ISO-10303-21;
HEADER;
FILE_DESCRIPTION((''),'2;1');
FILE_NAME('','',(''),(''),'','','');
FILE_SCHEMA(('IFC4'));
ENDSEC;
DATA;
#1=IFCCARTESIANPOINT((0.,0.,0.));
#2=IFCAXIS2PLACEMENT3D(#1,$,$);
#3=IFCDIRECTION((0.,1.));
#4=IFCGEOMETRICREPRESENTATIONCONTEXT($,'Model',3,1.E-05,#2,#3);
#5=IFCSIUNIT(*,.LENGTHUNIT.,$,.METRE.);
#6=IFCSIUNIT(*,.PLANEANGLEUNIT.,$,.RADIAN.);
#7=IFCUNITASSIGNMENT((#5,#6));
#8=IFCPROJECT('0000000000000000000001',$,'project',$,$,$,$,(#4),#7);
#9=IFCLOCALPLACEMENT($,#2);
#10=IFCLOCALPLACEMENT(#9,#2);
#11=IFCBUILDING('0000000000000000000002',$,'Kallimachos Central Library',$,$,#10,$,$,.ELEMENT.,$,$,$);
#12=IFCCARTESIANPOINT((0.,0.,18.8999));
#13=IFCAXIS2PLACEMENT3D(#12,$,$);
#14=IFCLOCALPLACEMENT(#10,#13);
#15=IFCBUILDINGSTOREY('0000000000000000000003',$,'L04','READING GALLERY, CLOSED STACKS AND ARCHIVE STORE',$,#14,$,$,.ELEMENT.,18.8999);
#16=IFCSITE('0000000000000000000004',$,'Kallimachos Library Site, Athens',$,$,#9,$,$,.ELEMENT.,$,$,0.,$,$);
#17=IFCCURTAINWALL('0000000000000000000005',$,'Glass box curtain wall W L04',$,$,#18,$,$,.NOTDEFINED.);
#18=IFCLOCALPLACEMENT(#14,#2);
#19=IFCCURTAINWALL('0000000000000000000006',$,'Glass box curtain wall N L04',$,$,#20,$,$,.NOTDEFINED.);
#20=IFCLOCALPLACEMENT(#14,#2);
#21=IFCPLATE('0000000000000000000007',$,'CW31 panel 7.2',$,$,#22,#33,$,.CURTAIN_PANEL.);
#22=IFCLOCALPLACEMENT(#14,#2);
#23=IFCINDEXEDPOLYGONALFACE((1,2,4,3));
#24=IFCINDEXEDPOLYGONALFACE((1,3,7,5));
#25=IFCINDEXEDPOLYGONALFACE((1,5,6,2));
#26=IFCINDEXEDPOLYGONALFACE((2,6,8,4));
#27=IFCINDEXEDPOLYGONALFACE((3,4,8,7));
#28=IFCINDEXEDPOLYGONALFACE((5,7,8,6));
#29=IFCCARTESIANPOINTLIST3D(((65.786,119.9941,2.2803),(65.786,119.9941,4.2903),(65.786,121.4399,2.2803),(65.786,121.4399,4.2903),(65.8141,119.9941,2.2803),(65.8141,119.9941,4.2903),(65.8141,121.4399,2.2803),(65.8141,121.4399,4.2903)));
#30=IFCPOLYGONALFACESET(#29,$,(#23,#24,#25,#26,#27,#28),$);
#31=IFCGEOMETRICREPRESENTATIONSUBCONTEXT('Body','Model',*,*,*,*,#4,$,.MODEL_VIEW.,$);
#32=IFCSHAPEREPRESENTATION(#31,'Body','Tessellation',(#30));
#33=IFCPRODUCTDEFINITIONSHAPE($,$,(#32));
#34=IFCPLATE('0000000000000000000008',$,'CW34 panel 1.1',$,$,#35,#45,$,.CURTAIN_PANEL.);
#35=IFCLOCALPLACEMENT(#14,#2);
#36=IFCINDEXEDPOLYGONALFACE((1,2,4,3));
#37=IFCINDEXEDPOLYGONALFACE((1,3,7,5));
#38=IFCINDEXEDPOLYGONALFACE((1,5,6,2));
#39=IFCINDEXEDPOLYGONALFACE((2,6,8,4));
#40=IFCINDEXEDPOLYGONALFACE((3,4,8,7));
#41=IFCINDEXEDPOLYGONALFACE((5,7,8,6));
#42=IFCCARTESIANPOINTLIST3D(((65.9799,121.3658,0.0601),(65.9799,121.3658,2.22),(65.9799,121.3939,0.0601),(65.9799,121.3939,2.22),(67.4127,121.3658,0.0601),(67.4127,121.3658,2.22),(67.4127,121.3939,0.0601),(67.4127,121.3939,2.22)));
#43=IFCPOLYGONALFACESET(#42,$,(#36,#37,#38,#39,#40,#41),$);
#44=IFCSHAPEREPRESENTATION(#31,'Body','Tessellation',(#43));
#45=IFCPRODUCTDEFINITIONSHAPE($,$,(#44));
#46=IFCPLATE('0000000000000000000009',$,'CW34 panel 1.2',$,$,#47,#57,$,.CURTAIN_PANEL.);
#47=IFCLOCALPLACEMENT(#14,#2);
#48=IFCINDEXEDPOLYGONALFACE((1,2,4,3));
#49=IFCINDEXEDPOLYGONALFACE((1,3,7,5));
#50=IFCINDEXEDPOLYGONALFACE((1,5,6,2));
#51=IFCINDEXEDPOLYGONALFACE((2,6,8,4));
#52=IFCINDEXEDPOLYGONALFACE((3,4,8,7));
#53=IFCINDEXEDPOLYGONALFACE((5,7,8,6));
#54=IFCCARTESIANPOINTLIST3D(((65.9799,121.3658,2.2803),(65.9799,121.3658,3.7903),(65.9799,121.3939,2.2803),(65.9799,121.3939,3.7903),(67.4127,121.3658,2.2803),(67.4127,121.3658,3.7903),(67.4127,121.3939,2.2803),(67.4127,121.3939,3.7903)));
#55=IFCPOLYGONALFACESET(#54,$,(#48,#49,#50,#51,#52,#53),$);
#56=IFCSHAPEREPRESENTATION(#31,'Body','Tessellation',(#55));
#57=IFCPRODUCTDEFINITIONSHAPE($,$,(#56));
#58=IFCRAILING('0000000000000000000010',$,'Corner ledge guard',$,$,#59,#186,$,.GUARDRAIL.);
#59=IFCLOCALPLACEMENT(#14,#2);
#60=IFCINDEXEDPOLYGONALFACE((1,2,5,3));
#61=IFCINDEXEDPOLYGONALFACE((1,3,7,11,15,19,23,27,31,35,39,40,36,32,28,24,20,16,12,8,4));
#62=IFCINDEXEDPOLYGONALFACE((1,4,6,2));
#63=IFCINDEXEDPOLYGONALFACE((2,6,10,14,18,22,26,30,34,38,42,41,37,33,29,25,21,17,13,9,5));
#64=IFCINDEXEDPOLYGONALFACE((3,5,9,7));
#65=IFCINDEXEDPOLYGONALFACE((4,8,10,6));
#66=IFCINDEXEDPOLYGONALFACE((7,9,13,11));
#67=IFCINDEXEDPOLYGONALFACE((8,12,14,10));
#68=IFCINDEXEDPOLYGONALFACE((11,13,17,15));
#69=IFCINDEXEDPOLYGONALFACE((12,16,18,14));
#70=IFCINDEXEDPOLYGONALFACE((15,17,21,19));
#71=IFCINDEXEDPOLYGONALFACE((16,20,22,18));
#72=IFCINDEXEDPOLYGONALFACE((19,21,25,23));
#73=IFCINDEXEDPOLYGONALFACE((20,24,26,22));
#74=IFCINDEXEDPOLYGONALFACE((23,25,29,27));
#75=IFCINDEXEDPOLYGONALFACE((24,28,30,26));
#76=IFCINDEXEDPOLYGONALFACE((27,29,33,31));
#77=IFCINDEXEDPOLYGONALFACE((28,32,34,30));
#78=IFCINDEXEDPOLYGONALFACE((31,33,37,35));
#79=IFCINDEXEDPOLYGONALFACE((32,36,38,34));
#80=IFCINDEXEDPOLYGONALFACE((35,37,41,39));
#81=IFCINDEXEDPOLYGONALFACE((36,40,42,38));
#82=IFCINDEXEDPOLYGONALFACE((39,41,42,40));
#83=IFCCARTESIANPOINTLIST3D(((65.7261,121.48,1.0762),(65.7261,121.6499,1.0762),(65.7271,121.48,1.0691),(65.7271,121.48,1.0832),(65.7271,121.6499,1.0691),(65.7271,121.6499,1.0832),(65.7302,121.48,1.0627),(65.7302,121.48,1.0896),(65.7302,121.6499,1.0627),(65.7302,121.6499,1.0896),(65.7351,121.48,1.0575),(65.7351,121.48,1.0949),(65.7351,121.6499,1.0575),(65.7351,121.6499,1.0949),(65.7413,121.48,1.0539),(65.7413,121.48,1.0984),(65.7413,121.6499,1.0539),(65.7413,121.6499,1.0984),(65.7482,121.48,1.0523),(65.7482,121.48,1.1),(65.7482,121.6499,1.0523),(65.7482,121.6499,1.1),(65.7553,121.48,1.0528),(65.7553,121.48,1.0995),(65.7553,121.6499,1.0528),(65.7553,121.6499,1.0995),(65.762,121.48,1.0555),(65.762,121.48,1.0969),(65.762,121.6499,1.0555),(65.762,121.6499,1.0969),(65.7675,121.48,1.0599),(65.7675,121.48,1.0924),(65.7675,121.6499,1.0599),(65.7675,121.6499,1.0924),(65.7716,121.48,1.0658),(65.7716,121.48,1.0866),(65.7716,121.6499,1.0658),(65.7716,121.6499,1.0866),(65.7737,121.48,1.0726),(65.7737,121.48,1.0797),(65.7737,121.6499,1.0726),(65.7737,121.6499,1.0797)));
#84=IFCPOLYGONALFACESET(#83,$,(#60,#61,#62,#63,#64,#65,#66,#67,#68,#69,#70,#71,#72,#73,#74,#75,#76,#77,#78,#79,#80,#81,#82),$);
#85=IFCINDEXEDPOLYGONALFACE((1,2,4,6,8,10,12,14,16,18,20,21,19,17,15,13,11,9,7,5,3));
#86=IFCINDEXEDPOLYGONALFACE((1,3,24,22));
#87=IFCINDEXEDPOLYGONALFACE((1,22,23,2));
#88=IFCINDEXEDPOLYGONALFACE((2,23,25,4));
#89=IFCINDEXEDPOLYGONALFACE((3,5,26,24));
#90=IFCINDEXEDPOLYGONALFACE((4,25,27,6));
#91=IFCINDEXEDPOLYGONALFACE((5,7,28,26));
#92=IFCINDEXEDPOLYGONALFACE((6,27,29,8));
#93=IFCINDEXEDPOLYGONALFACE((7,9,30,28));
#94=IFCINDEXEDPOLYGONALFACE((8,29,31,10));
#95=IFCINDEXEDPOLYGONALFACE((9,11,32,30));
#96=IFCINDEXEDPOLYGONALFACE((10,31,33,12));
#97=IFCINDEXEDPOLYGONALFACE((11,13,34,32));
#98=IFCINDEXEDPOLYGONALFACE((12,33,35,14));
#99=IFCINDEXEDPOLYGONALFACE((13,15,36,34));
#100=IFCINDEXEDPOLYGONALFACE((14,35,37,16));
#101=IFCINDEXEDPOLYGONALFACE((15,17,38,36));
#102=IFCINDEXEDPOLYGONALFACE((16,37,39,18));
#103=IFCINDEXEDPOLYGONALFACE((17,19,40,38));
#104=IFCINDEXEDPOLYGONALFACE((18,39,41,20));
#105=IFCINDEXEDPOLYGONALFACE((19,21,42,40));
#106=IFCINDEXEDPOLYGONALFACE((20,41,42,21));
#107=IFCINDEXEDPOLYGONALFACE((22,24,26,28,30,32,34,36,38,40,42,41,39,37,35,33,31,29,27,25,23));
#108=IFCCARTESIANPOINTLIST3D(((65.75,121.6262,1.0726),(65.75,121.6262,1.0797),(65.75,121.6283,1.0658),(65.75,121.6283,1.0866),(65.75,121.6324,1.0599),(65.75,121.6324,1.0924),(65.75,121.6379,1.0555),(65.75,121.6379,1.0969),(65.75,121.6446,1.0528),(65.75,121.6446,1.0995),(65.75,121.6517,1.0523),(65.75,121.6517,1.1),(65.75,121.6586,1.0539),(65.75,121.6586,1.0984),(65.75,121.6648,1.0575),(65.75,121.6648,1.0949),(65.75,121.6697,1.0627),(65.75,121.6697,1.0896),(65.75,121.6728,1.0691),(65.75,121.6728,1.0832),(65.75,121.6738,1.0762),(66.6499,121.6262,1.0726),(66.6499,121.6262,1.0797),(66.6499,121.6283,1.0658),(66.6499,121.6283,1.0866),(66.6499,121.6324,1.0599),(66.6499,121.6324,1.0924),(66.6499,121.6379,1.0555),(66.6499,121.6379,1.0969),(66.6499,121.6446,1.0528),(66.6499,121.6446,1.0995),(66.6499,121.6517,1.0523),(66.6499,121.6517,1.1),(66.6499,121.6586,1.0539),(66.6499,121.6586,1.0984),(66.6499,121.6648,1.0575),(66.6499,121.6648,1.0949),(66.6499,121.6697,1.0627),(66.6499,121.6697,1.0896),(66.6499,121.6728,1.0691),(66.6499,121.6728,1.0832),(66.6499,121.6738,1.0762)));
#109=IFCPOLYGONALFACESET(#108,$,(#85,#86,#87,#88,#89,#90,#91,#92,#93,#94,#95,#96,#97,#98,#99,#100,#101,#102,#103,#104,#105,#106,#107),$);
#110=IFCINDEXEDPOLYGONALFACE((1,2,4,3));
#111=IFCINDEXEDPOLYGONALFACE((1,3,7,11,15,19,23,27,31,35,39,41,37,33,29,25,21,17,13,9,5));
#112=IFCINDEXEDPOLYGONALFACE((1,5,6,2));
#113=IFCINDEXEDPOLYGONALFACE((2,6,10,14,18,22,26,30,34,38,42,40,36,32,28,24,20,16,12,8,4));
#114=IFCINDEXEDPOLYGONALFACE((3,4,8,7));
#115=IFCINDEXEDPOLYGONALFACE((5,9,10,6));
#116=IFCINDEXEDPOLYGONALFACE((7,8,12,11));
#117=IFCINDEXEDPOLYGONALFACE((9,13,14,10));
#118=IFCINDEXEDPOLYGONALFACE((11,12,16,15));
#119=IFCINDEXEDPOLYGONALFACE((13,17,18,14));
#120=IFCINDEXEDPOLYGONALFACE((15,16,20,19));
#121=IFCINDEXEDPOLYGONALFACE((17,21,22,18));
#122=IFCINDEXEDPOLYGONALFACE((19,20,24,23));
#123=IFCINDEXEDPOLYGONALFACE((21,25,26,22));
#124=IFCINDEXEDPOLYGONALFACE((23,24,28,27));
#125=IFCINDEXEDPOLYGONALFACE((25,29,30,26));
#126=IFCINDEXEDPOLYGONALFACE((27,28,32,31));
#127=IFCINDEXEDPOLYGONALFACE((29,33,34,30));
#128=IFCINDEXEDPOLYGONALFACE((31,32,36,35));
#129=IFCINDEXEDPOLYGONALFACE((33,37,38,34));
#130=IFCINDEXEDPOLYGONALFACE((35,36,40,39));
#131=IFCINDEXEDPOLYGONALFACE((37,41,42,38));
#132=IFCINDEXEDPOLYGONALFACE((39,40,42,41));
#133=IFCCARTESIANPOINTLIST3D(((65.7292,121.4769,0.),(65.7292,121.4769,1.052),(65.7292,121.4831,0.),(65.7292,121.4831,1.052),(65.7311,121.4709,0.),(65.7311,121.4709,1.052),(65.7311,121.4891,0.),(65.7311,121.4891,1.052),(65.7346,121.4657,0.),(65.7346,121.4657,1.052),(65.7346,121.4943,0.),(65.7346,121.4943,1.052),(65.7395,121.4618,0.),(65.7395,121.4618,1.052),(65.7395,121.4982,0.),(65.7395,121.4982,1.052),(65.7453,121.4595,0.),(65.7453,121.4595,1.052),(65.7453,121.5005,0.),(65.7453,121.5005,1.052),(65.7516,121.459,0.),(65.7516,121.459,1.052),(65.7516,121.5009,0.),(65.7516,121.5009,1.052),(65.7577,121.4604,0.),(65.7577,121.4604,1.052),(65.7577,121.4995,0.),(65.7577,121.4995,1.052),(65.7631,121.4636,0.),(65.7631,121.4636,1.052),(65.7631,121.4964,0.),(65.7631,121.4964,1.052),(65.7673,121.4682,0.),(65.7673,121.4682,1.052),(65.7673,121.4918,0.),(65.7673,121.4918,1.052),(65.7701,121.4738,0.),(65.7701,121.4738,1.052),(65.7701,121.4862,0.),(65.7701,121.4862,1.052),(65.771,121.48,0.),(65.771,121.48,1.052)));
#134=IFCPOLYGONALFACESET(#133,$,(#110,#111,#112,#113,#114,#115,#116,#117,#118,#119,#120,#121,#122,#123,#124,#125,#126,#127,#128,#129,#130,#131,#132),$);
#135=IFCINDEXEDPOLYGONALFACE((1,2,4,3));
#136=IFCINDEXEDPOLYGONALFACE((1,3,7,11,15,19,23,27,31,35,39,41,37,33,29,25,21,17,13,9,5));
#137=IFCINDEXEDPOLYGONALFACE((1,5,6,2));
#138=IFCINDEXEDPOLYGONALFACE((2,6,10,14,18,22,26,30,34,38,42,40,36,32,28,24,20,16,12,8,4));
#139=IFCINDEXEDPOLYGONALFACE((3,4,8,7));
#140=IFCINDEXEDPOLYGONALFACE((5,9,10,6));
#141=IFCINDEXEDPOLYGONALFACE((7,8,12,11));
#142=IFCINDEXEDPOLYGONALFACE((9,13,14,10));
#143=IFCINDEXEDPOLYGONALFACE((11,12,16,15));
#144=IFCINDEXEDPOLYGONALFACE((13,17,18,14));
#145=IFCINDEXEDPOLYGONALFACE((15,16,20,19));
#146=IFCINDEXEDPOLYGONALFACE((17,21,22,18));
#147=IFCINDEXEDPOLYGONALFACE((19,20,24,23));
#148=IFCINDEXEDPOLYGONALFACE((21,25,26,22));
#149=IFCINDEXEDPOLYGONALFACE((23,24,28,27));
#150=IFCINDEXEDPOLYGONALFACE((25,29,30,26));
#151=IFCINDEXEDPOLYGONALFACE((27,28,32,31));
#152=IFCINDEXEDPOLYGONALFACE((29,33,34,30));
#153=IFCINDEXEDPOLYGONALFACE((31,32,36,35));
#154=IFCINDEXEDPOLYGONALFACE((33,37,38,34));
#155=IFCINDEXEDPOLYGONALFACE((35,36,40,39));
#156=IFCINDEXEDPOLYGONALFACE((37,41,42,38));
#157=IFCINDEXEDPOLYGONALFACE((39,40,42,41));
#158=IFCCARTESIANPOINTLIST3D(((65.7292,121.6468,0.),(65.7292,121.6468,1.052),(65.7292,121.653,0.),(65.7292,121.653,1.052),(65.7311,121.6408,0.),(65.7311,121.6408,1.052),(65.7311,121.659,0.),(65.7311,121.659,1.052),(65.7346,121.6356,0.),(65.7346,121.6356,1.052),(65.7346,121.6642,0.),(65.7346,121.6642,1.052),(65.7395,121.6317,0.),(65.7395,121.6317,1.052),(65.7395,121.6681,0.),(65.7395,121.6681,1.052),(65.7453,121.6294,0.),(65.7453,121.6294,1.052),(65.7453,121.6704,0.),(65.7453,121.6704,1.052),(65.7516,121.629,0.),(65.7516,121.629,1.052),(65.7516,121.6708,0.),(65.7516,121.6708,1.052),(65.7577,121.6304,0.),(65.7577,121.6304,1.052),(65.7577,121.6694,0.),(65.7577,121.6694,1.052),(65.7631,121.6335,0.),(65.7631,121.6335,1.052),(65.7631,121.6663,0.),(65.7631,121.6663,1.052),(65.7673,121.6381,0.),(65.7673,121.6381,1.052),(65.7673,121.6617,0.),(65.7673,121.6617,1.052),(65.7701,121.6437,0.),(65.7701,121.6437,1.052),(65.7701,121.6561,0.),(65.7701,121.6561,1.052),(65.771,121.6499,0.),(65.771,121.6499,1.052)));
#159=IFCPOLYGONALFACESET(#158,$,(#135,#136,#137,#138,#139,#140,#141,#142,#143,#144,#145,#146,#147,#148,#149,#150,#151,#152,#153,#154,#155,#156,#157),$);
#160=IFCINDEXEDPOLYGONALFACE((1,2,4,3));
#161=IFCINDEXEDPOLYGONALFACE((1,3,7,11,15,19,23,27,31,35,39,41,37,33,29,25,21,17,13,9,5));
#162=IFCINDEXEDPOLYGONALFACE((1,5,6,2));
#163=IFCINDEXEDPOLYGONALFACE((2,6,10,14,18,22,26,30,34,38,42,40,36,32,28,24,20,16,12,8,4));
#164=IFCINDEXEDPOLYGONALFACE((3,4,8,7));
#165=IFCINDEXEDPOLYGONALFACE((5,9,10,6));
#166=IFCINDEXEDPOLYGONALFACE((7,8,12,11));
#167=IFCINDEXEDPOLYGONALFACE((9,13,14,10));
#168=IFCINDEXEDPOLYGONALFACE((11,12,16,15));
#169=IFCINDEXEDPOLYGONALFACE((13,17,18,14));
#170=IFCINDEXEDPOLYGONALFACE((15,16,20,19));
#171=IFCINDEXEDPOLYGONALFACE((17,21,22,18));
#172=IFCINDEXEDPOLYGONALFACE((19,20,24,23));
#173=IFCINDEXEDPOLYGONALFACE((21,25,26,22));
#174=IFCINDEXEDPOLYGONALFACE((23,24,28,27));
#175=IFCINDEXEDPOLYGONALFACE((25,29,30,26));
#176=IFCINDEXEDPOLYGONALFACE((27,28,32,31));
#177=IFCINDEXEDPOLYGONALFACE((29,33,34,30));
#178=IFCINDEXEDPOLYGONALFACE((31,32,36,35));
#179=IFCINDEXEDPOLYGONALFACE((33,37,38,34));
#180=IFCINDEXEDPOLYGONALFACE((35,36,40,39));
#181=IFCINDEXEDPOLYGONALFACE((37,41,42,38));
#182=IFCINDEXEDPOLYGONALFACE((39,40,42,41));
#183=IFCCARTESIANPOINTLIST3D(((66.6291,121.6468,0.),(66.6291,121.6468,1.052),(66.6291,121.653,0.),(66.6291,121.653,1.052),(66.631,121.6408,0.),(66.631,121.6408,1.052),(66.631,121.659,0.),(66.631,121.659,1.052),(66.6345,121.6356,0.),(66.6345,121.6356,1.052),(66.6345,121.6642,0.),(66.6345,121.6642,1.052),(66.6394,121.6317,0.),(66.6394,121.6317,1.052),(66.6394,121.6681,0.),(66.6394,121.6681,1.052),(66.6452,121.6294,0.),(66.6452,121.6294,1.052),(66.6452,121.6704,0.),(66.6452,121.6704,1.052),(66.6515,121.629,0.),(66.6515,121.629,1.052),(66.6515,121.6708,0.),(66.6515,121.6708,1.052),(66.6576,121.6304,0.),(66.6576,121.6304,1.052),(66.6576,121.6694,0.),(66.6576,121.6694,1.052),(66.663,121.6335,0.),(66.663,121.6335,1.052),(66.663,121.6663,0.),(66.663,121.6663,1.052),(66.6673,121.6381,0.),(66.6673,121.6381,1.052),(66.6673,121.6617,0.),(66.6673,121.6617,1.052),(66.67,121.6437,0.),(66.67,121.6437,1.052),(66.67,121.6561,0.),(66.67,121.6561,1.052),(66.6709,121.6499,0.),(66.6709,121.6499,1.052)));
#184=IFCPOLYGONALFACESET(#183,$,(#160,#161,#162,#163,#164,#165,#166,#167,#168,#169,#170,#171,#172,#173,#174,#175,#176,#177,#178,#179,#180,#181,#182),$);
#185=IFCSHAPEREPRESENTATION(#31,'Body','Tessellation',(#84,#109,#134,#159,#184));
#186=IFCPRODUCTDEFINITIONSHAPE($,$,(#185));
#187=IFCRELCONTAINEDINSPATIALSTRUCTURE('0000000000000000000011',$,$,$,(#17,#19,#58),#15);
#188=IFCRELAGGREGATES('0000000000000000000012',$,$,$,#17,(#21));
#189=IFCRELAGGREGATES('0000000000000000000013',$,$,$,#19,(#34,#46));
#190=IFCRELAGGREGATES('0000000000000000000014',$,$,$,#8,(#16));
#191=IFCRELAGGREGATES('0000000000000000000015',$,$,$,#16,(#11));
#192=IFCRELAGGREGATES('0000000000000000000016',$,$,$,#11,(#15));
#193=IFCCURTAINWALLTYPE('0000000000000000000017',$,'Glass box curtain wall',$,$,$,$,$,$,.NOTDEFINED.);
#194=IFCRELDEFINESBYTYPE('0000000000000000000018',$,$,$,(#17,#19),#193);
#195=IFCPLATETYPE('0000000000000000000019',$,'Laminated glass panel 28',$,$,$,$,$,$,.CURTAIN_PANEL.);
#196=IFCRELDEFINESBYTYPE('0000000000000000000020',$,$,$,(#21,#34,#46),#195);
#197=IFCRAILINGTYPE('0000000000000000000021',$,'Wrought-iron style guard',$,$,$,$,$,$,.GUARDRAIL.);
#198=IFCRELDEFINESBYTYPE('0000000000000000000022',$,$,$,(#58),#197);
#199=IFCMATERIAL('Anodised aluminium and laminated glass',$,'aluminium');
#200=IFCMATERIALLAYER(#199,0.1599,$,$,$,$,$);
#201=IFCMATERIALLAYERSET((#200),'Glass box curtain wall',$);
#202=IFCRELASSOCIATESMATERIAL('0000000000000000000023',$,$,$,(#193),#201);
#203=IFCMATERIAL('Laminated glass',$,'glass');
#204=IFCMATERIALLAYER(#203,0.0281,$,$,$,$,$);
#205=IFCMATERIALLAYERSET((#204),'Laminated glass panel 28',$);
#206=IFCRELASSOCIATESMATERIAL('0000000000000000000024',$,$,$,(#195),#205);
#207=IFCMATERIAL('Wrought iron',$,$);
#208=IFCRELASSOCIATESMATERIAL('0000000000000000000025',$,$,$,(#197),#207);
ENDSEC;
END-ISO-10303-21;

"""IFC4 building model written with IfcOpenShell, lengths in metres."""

from ifc_helpers import new_model, si_unit, direction, frame, origin, origin_2d, place, context, subcontext, project, spatial, rectangle, circle, extrude, material, layer, layer_set, type_object, element, aggregate, save


model = new_model("IFC4")

# Units and contexts
model_context = context("Model", 3, precision=1e-05, world=origin(), true_north=direction((0.0, 1.0)))
body_context = subcontext(model_context, "Body", "Model", "MODEL_VIEW")
ifc_project = project(units=[si_unit("LENGTHUNIT", "METRE"), si_unit("PLANEANGLEUNIT", "RADIAN")], contexts=[model_context])

# Site, building, storey
site_placement = place(None, origin())
site = spatial("IfcSite", under=ifc_project, at=site_placement, Name="Kallimachos Library Site, Athens", CompositionType="ELEMENT", RefElevation=0.0)
building_placement = place(site_placement, origin())
building = spatial("IfcBuilding", under=site, at=building_placement, Name="Kallimachos Central Library", CompositionType="ELEMENT")
storey_placement = place(building_placement, frame((0.0, 0.0, 18.8999)))
storey = spatial("IfcBuildingStorey", under=building, at=storey_placement, Name="L04", Description="READING GALLERY, CLOSED STACKS AND ARCHIVE STORE", CompositionType="ELEMENT", Elevation=18.8999)

# Curtain wall
ifc_material_1 = material(Name="Anodised aluminium and laminated glass", Category="aluminium")
ifc_layer_1 = layer(ifc_material_1, 0.1599)
ifc_layer_set_1 = layer_set([ifc_layer_1], Name="Glass box curtain wall")
curtain_wall_type = type_object("IfcCurtainWallType", Name="Glass box curtain wall", PredefinedType="NOTDEFINED", material=ifc_layer_set_1)
curtain_wall_1_placement = place(storey_placement, origin())
curtain_wall_1 = element("IfcCurtainWall", 1, at=curtain_wall_1_placement, inside=storey, type_object=curtain_wall_type, Name="Glass box curtain wall W L04", PredefinedType="NOTDEFINED")

# Curtain wall
curtain_wall_2_placement = place(storey_placement, origin())
curtain_wall_2 = element("IfcCurtainWall", 2, at=curtain_wall_2_placement, inside=storey, type_object=curtain_wall_type, Name="Glass box curtain wall N L04", PredefinedType="NOTDEFINED")

# Plates
ifc_material_2 = material(Name="Laminated glass", Category="glass")
ifc_layer_2 = layer(ifc_material_2, 0.0281)
ifc_layer_set_2 = layer_set([ifc_layer_2], Name="Laminated glass panel 28")
plate_type = type_object("IfcPlateType", Name="Laminated glass panel 28", PredefinedType="CURTAIN_PANEL", material=ifc_layer_set_2)
plate_1_placement = place(storey_placement, frame((65.8, 120.717, 2.2803), z_axis=(0.0, 0.0, 1.0), x_axis=(0.0, 1.0, 0.0)))
plate_1 = element("IfcPlate", 3, at=plate_1_placement, type_object=plate_type, Name="CW31 panel 7.2", PredefinedType="CURTAIN_PANEL", context=body_context, shape_type="SweptSolid", body=[
    extrude(rectangle(XDim=1.4458, YDim=0.0281, at=origin_2d()), origin(), (0.0, 0.0, 1.0), 2.01),
])
aggregate(curtain_wall_1, [plate_1])
plate_2_placement = place(storey_placement, frame((66.6963, 121.3799, 0.0601), z_axis=(0.0, 0.0, 1.0), x_axis=(1.0, 0.0, 0.0)))
plate_2 = element("IfcPlate", 4, at=plate_2_placement, type_object=plate_type, Name="CW34 panel 1.1", PredefinedType="CURTAIN_PANEL", context=body_context, shape_type="SweptSolid", body=[
    extrude(rectangle(XDim=1.4329, YDim=0.0281, at=origin_2d()), origin(), (0.0, 0.0, 1.0), 2.1599),
])
plate_3_placement = place(storey_placement, frame((66.6963, 121.3799, 2.2803), z_axis=(0.0, 0.0, 1.0), x_axis=(1.0, 0.0, 0.0)))
plate_3 = element("IfcPlate", 5, at=plate_3_placement, type_object=plate_type, Name="CW34 panel 1.2", PredefinedType="CURTAIN_PANEL", context=body_context, shape_type="SweptSolid", body=[
    extrude(rectangle(XDim=1.4329, YDim=0.0281, at=origin_2d()), origin(), (0.0, 0.0, 1.0), 1.51),
])
aggregate(curtain_wall_2, [plate_2, plate_3])

# Railing
ifc_material_3 = material(Name="Wrought iron")
railing_type = type_object("IfcRailingType", Name="Wrought-iron style guard", PredefinedType="GUARDRAIL", material=ifc_material_3)
railing_placement = place(storey_placement, frame((65.75, 121.48, 0.0)))
element("IfcRailing", 6, at=railing_placement, inside=storey, type_object=railing_type, Name="Corner ledge guard", PredefinedType="GUARDRAIL", context=body_context, shape_type="SweptSolid", body=[
    extrude(circle(Radius=0.0239, at=origin_2d()), frame((0.0, 0.0, 1.0762), z_axis=(0.0, 1.0, 0.0), x_axis=(-1.0, 0.0, 0.0)), (0.0, 0.0, 1.0), 0.1699),
    extrude(circle(Radius=0.0239, at=origin_2d()), frame((0.0, 0.1699, 1.0762), z_axis=(1.0, 0.0, 0.0), x_axis=(0.0, 1.0, 0.0)), (0.0, 0.0, 1.0), 0.8999),
    extrude(circle(Radius=0.021, at=origin_2d()), origin(), (0.0, 0.0, 1.0), 1.052),
    extrude(circle(Radius=0.021, at=origin_2d()), frame((0.0, 0.1699, 0.0)), (0.0, 0.0, 1.0), 1.052),
    extrude(circle(Radius=0.021, at=origin_2d()), frame((0.8999, 0.1699, 0.0)), (0.0, 0.0, 1.0), 1.052),
])

save(model, "model.ifc")
